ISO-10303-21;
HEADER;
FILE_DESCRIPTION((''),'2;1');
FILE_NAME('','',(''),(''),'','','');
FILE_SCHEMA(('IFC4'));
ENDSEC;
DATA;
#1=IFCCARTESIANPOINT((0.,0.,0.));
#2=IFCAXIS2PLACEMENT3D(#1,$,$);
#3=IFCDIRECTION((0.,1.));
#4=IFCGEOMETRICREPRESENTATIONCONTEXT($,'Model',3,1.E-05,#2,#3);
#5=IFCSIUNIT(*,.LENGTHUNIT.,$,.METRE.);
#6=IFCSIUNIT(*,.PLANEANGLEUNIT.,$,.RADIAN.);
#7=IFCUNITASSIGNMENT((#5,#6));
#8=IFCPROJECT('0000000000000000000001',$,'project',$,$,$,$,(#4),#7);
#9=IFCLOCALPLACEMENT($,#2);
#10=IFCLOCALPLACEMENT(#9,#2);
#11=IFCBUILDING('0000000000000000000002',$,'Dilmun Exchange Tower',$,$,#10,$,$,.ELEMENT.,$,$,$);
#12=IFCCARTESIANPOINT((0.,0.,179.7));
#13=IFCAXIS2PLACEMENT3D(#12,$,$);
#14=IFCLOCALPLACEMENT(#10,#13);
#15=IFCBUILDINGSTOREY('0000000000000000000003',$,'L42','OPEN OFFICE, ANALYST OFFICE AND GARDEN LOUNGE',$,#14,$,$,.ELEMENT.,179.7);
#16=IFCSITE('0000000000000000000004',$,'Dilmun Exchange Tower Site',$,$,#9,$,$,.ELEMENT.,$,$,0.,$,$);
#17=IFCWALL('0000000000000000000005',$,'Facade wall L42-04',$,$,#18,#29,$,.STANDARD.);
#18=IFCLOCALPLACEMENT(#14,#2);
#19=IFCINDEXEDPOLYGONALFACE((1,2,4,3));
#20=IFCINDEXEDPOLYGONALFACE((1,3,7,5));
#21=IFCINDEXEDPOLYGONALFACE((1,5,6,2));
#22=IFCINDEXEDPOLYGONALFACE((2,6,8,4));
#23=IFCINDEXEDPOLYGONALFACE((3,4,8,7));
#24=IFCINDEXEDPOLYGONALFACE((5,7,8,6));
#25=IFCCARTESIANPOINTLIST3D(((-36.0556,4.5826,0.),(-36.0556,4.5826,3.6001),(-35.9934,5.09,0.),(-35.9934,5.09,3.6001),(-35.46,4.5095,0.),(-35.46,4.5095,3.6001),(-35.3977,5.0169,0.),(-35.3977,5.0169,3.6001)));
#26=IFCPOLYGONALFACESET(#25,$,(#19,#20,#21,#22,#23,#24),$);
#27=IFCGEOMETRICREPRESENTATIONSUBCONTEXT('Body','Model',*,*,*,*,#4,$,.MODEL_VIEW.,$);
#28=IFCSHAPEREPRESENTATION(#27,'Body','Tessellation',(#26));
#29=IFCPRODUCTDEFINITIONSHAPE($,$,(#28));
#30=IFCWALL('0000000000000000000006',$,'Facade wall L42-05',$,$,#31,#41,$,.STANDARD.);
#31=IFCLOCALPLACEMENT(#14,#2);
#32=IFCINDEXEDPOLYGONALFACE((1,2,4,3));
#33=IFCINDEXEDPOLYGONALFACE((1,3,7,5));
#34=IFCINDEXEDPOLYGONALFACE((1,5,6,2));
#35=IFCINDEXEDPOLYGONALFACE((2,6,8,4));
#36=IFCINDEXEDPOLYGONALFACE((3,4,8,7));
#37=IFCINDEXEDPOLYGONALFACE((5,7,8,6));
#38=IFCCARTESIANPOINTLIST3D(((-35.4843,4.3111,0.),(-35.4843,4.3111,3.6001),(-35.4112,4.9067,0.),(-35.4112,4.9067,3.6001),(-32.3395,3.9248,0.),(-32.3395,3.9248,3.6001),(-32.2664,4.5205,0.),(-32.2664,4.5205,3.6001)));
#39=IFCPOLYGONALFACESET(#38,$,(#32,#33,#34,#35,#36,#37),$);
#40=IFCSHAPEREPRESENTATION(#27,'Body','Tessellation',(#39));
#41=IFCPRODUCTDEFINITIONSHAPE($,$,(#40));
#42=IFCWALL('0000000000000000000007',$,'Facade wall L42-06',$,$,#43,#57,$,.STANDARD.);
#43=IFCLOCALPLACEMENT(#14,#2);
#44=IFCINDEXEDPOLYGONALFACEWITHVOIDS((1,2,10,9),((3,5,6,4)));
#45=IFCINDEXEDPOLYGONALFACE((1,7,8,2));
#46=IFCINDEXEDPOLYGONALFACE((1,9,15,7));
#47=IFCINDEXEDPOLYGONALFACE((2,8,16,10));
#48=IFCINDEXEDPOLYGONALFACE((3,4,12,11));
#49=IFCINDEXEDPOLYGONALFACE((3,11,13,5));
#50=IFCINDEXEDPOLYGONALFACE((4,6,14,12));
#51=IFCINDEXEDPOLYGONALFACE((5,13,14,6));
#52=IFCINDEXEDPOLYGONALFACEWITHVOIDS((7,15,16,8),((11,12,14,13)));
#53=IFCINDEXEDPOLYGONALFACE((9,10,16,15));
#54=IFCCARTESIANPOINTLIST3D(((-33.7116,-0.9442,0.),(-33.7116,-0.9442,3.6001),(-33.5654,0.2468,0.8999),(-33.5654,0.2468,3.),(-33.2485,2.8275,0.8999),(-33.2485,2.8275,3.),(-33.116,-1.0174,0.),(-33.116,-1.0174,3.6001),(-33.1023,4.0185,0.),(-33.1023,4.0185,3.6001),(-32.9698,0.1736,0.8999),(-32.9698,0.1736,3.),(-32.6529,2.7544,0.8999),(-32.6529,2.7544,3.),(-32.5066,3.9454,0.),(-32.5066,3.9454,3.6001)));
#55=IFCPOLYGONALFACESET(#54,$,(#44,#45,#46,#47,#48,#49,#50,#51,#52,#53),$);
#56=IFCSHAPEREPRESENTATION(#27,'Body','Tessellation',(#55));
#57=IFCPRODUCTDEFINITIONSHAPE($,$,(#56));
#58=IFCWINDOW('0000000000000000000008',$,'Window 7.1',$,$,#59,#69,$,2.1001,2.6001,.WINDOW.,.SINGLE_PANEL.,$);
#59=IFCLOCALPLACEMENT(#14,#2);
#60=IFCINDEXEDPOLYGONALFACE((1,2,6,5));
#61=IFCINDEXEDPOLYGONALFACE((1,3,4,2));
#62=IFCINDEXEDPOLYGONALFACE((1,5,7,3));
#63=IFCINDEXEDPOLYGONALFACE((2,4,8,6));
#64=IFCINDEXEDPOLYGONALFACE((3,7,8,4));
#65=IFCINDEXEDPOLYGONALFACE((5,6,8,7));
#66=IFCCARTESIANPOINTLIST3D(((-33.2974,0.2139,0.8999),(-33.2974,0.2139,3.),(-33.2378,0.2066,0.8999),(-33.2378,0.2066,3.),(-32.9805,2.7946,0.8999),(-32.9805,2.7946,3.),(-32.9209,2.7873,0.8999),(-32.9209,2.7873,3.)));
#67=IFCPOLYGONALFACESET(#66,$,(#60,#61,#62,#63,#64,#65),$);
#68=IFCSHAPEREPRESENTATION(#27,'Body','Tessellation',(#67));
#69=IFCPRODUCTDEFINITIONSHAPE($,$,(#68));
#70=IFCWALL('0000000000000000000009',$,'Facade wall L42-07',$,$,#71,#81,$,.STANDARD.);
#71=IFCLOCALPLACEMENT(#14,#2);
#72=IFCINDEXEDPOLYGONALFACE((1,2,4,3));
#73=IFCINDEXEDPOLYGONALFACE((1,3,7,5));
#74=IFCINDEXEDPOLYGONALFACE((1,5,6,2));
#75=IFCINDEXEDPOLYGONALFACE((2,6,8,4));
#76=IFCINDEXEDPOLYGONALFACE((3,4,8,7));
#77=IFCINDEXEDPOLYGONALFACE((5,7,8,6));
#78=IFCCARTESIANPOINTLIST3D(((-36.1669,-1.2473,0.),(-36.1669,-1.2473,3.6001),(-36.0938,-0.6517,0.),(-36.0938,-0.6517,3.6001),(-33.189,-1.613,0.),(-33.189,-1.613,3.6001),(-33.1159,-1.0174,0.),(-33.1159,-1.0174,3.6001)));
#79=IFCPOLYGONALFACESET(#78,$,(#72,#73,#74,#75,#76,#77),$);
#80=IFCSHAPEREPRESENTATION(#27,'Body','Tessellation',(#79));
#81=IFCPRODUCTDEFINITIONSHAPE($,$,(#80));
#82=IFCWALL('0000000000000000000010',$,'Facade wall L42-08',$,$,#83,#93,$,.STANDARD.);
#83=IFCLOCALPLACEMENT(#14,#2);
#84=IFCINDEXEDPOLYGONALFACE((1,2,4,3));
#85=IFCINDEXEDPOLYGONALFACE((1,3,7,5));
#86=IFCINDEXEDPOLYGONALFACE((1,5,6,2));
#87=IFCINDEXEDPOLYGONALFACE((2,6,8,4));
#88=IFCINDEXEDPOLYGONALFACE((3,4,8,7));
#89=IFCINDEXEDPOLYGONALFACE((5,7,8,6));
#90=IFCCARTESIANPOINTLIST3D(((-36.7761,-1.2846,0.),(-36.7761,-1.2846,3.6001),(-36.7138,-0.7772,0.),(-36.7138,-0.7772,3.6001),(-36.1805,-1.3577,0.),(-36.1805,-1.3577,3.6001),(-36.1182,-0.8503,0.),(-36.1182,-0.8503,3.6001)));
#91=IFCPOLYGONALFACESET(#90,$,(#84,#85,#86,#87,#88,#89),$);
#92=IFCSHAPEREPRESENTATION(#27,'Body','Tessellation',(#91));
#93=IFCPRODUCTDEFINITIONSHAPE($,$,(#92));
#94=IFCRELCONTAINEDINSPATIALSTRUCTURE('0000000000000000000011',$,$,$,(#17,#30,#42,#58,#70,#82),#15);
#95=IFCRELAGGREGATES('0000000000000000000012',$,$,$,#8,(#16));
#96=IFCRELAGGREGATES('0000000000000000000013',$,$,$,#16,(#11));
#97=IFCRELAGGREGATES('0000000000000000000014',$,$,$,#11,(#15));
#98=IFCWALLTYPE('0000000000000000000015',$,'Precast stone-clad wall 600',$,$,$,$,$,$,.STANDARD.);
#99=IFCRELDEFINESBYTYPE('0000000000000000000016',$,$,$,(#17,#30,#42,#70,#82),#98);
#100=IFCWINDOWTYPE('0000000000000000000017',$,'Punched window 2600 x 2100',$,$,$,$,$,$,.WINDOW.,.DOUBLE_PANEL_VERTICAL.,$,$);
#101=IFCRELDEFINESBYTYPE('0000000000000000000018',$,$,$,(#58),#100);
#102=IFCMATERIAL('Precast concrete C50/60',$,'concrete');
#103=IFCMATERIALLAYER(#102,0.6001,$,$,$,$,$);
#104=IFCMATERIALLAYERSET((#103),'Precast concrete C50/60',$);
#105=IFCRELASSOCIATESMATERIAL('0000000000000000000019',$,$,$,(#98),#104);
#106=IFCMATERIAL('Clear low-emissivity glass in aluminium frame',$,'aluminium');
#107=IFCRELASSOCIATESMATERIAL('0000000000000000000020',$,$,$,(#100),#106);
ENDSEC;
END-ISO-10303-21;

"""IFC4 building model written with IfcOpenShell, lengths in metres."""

from ifc_helpers import new_model, si_unit, direction, frame, frame_2d, origin, place, context, subcontext, project, spatial, rectangle, extrude, material, layer, layer_set, type_object, element, fill, save


model = new_model("IFC4")

# Units and contexts
model_context = context("Model", 3, precision=1e-05, world=origin(), true_north=direction((0.0, 1.0)))
body_context = subcontext(model_context, "Body", "Model", "MODEL_VIEW")
ifc_project = project(units=[si_unit("LENGTHUNIT", "METRE"), si_unit("PLANEANGLEUNIT", "RADIAN")], contexts=[model_context])

# Site, building, storey
site_placement = place(None, origin())
site = spatial("IfcSite", under=ifc_project, at=site_placement, Name="Dilmun Exchange Tower Site", CompositionType="ELEMENT", RefElevation=0.0)
building_placement = place(site_placement, origin())
building = spatial("IfcBuilding", under=site, at=building_placement, Name="Dilmun Exchange Tower", CompositionType="ELEMENT")
storey_placement = place(building_placement, frame((0.0, 0.0, 179.7)))
storey = spatial("IfcBuildingStorey", under=building, at=storey_placement, Name="L42", Description="OPEN OFFICE, ANALYST OFFICE AND GARDEN LOUNGE", CompositionType="ELEMENT", Elevation=179.7)

# Walls
ifc_material_1 = material(Name="Precast concrete C50/60", Category="concrete")
ifc_layer_1 = layer(ifc_material_1, 0.6001)
ifc_layer_set_1 = layer_set([ifc_layer_1], Name="Precast concrete C50/60")
wall_type_1 = type_object("IfcWallType", Name="Precast stone-clad wall 600", PredefinedType="STANDARD", material=ifc_layer_set_1)
wall_1_placement = place(storey_placement, frame((-35.6956, 5.0535, 0.0), z_axis=(0.0, 0.0, 1.0), x_axis=(-0.1218, -0.992555, 0.0)))
element("IfcWall", 1, at=wall_1_placement, inside=storey, type_object=wall_type_1, Name="Facade wall L42-04", PredefinedType="STANDARD", context=body_context, shape_type="SweptSolid", body=[
    extrude(rectangle(XDim=0.5112, YDim=0.6001, at=frame_2d((0.2556, 0.0))), origin(), (0.0, 0.0, 1.0), 3.6001),
])
wall_2_placement = place(storey_placement, frame((-35.4478, 4.6089, 0.0), z_axis=(0.0, 0.0, 1.0), x_axis=(0.992542, -0.121901, 0.0)))
element("IfcWall", 2, at=wall_2_placement, inside=storey, type_object=wall_type_1, Name="Facade wall L42-05", PredefinedType="STANDARD", context=body_context, shape_type="SweptSolid", body=[
    extrude(rectangle(XDim=3.1685, YDim=0.6001, at=frame_2d((1.5842, 0.0))), origin(), (0.0, 0.0, 1.0), 3.6001),
])

# Wall, opening, window
wall_3_placement = place(storey_placement, frame((-32.8044, 3.9819, 0.0), z_axis=(0.0, 0.0, 1.0), x_axis=(-0.121877, -0.992545, 0.0)))
wall_3 = element("IfcWall", 3, at=wall_3_placement, inside=storey, type_object=wall_type_1, Name="Facade wall L42-06", PredefinedType="STANDARD", context=body_context, shape_type="SweptSolid", body=[
    extrude(rectangle(XDim=5.0, YDim=0.6001, at=frame_2d((2.5, 0.0))), origin(), (0.0, 0.0, 1.0), 3.6001),
])
opening_1_placement = place(wall_3_placement, frame((1.2, 0.0, 0.8999)))
opening_1 = element("IfcOpeningElement", 4, at=opening_1_placement, cuts=wall_3, PredefinedType="OPENING", context=body_context, shape_type="SweptSolid", body=[
    extrude(rectangle(XDim=2.6001, YDim=2.1001, at=frame_2d((1.3, 1.05))), frame((0.0, 0.3101, 0.0), z_axis=(0.0, -1.0, 0.0), x_axis=(1.0, 0.0, 0.0)), (0.0, 0.0, 1.0), 0.6201),
])
ifc_material_2 = material(Name="Clear low-emissivity glass in aluminium frame", Category="aluminium")
window_type = type_object("IfcWindowType", Name="Punched window 2600 x 2100", PartitioningType="DOUBLE_PANEL_VERTICAL", PredefinedType="WINDOW", material=ifc_material_2)
window_placement = place(opening_1_placement, origin())
window = element("IfcWindow", 5, at=window_placement, inside=storey, type_object=window_type, Name="Window 7.1", OverallHeight=2.1001, OverallWidth=2.6001, PartitioningType="SINGLE_PANEL", PredefinedType="WINDOW", context=body_context, shape_type="SweptSolid", body=[
    extrude(rectangle(XDim=2.6001, YDim=2.1001, at=frame_2d((1.3, 1.05))), frame((0.0, 0.03, 0.0), z_axis=(0.0, -1.0, 0.0), x_axis=(1.0, 0.0, 0.0)), (0.0, 0.0, 1.0), 0.0601),
])
fill(opening_1, window)

# Walls
wall_4_placement = place(storey_placement, frame((-33.1526, -1.3152, 0.0), z_axis=(0.0, 0.0, 1.0), x_axis=(-0.992542, 0.121901, 0.0)))
element("IfcWall", 6, at=wall_4_placement, inside=storey, type_object=wall_type_1, Name="Facade wall L42-07", PredefinedType="STANDARD", context=body_context, shape_type="SweptSolid", body=[
    extrude(rectangle(XDim=3.0002, YDim=0.6001, at=frame_2d((1.5, 0.0))), origin(), (0.0, 0.0, 1.0), 3.6001),
])
wall_5_placement = place(storey_placement, frame((-36.416, -0.8137, 0.0), z_axis=(0.0, 0.0, 1.0), x_axis=(-0.1218, -0.992555, 0.0)))
element("IfcWall", 7, at=wall_5_placement, inside=storey, type_object=wall_type_1, Name="Facade wall L42-08", PredefinedType="STANDARD", context=body_context, shape_type="SweptSolid", body=[
    extrude(rectangle(XDim=0.5112, YDim=0.6001, at=frame_2d((0.2556, 0.0))), origin(), (0.0, 0.0, 1.0), 3.6001),
])

save(model, "model.ifc")
